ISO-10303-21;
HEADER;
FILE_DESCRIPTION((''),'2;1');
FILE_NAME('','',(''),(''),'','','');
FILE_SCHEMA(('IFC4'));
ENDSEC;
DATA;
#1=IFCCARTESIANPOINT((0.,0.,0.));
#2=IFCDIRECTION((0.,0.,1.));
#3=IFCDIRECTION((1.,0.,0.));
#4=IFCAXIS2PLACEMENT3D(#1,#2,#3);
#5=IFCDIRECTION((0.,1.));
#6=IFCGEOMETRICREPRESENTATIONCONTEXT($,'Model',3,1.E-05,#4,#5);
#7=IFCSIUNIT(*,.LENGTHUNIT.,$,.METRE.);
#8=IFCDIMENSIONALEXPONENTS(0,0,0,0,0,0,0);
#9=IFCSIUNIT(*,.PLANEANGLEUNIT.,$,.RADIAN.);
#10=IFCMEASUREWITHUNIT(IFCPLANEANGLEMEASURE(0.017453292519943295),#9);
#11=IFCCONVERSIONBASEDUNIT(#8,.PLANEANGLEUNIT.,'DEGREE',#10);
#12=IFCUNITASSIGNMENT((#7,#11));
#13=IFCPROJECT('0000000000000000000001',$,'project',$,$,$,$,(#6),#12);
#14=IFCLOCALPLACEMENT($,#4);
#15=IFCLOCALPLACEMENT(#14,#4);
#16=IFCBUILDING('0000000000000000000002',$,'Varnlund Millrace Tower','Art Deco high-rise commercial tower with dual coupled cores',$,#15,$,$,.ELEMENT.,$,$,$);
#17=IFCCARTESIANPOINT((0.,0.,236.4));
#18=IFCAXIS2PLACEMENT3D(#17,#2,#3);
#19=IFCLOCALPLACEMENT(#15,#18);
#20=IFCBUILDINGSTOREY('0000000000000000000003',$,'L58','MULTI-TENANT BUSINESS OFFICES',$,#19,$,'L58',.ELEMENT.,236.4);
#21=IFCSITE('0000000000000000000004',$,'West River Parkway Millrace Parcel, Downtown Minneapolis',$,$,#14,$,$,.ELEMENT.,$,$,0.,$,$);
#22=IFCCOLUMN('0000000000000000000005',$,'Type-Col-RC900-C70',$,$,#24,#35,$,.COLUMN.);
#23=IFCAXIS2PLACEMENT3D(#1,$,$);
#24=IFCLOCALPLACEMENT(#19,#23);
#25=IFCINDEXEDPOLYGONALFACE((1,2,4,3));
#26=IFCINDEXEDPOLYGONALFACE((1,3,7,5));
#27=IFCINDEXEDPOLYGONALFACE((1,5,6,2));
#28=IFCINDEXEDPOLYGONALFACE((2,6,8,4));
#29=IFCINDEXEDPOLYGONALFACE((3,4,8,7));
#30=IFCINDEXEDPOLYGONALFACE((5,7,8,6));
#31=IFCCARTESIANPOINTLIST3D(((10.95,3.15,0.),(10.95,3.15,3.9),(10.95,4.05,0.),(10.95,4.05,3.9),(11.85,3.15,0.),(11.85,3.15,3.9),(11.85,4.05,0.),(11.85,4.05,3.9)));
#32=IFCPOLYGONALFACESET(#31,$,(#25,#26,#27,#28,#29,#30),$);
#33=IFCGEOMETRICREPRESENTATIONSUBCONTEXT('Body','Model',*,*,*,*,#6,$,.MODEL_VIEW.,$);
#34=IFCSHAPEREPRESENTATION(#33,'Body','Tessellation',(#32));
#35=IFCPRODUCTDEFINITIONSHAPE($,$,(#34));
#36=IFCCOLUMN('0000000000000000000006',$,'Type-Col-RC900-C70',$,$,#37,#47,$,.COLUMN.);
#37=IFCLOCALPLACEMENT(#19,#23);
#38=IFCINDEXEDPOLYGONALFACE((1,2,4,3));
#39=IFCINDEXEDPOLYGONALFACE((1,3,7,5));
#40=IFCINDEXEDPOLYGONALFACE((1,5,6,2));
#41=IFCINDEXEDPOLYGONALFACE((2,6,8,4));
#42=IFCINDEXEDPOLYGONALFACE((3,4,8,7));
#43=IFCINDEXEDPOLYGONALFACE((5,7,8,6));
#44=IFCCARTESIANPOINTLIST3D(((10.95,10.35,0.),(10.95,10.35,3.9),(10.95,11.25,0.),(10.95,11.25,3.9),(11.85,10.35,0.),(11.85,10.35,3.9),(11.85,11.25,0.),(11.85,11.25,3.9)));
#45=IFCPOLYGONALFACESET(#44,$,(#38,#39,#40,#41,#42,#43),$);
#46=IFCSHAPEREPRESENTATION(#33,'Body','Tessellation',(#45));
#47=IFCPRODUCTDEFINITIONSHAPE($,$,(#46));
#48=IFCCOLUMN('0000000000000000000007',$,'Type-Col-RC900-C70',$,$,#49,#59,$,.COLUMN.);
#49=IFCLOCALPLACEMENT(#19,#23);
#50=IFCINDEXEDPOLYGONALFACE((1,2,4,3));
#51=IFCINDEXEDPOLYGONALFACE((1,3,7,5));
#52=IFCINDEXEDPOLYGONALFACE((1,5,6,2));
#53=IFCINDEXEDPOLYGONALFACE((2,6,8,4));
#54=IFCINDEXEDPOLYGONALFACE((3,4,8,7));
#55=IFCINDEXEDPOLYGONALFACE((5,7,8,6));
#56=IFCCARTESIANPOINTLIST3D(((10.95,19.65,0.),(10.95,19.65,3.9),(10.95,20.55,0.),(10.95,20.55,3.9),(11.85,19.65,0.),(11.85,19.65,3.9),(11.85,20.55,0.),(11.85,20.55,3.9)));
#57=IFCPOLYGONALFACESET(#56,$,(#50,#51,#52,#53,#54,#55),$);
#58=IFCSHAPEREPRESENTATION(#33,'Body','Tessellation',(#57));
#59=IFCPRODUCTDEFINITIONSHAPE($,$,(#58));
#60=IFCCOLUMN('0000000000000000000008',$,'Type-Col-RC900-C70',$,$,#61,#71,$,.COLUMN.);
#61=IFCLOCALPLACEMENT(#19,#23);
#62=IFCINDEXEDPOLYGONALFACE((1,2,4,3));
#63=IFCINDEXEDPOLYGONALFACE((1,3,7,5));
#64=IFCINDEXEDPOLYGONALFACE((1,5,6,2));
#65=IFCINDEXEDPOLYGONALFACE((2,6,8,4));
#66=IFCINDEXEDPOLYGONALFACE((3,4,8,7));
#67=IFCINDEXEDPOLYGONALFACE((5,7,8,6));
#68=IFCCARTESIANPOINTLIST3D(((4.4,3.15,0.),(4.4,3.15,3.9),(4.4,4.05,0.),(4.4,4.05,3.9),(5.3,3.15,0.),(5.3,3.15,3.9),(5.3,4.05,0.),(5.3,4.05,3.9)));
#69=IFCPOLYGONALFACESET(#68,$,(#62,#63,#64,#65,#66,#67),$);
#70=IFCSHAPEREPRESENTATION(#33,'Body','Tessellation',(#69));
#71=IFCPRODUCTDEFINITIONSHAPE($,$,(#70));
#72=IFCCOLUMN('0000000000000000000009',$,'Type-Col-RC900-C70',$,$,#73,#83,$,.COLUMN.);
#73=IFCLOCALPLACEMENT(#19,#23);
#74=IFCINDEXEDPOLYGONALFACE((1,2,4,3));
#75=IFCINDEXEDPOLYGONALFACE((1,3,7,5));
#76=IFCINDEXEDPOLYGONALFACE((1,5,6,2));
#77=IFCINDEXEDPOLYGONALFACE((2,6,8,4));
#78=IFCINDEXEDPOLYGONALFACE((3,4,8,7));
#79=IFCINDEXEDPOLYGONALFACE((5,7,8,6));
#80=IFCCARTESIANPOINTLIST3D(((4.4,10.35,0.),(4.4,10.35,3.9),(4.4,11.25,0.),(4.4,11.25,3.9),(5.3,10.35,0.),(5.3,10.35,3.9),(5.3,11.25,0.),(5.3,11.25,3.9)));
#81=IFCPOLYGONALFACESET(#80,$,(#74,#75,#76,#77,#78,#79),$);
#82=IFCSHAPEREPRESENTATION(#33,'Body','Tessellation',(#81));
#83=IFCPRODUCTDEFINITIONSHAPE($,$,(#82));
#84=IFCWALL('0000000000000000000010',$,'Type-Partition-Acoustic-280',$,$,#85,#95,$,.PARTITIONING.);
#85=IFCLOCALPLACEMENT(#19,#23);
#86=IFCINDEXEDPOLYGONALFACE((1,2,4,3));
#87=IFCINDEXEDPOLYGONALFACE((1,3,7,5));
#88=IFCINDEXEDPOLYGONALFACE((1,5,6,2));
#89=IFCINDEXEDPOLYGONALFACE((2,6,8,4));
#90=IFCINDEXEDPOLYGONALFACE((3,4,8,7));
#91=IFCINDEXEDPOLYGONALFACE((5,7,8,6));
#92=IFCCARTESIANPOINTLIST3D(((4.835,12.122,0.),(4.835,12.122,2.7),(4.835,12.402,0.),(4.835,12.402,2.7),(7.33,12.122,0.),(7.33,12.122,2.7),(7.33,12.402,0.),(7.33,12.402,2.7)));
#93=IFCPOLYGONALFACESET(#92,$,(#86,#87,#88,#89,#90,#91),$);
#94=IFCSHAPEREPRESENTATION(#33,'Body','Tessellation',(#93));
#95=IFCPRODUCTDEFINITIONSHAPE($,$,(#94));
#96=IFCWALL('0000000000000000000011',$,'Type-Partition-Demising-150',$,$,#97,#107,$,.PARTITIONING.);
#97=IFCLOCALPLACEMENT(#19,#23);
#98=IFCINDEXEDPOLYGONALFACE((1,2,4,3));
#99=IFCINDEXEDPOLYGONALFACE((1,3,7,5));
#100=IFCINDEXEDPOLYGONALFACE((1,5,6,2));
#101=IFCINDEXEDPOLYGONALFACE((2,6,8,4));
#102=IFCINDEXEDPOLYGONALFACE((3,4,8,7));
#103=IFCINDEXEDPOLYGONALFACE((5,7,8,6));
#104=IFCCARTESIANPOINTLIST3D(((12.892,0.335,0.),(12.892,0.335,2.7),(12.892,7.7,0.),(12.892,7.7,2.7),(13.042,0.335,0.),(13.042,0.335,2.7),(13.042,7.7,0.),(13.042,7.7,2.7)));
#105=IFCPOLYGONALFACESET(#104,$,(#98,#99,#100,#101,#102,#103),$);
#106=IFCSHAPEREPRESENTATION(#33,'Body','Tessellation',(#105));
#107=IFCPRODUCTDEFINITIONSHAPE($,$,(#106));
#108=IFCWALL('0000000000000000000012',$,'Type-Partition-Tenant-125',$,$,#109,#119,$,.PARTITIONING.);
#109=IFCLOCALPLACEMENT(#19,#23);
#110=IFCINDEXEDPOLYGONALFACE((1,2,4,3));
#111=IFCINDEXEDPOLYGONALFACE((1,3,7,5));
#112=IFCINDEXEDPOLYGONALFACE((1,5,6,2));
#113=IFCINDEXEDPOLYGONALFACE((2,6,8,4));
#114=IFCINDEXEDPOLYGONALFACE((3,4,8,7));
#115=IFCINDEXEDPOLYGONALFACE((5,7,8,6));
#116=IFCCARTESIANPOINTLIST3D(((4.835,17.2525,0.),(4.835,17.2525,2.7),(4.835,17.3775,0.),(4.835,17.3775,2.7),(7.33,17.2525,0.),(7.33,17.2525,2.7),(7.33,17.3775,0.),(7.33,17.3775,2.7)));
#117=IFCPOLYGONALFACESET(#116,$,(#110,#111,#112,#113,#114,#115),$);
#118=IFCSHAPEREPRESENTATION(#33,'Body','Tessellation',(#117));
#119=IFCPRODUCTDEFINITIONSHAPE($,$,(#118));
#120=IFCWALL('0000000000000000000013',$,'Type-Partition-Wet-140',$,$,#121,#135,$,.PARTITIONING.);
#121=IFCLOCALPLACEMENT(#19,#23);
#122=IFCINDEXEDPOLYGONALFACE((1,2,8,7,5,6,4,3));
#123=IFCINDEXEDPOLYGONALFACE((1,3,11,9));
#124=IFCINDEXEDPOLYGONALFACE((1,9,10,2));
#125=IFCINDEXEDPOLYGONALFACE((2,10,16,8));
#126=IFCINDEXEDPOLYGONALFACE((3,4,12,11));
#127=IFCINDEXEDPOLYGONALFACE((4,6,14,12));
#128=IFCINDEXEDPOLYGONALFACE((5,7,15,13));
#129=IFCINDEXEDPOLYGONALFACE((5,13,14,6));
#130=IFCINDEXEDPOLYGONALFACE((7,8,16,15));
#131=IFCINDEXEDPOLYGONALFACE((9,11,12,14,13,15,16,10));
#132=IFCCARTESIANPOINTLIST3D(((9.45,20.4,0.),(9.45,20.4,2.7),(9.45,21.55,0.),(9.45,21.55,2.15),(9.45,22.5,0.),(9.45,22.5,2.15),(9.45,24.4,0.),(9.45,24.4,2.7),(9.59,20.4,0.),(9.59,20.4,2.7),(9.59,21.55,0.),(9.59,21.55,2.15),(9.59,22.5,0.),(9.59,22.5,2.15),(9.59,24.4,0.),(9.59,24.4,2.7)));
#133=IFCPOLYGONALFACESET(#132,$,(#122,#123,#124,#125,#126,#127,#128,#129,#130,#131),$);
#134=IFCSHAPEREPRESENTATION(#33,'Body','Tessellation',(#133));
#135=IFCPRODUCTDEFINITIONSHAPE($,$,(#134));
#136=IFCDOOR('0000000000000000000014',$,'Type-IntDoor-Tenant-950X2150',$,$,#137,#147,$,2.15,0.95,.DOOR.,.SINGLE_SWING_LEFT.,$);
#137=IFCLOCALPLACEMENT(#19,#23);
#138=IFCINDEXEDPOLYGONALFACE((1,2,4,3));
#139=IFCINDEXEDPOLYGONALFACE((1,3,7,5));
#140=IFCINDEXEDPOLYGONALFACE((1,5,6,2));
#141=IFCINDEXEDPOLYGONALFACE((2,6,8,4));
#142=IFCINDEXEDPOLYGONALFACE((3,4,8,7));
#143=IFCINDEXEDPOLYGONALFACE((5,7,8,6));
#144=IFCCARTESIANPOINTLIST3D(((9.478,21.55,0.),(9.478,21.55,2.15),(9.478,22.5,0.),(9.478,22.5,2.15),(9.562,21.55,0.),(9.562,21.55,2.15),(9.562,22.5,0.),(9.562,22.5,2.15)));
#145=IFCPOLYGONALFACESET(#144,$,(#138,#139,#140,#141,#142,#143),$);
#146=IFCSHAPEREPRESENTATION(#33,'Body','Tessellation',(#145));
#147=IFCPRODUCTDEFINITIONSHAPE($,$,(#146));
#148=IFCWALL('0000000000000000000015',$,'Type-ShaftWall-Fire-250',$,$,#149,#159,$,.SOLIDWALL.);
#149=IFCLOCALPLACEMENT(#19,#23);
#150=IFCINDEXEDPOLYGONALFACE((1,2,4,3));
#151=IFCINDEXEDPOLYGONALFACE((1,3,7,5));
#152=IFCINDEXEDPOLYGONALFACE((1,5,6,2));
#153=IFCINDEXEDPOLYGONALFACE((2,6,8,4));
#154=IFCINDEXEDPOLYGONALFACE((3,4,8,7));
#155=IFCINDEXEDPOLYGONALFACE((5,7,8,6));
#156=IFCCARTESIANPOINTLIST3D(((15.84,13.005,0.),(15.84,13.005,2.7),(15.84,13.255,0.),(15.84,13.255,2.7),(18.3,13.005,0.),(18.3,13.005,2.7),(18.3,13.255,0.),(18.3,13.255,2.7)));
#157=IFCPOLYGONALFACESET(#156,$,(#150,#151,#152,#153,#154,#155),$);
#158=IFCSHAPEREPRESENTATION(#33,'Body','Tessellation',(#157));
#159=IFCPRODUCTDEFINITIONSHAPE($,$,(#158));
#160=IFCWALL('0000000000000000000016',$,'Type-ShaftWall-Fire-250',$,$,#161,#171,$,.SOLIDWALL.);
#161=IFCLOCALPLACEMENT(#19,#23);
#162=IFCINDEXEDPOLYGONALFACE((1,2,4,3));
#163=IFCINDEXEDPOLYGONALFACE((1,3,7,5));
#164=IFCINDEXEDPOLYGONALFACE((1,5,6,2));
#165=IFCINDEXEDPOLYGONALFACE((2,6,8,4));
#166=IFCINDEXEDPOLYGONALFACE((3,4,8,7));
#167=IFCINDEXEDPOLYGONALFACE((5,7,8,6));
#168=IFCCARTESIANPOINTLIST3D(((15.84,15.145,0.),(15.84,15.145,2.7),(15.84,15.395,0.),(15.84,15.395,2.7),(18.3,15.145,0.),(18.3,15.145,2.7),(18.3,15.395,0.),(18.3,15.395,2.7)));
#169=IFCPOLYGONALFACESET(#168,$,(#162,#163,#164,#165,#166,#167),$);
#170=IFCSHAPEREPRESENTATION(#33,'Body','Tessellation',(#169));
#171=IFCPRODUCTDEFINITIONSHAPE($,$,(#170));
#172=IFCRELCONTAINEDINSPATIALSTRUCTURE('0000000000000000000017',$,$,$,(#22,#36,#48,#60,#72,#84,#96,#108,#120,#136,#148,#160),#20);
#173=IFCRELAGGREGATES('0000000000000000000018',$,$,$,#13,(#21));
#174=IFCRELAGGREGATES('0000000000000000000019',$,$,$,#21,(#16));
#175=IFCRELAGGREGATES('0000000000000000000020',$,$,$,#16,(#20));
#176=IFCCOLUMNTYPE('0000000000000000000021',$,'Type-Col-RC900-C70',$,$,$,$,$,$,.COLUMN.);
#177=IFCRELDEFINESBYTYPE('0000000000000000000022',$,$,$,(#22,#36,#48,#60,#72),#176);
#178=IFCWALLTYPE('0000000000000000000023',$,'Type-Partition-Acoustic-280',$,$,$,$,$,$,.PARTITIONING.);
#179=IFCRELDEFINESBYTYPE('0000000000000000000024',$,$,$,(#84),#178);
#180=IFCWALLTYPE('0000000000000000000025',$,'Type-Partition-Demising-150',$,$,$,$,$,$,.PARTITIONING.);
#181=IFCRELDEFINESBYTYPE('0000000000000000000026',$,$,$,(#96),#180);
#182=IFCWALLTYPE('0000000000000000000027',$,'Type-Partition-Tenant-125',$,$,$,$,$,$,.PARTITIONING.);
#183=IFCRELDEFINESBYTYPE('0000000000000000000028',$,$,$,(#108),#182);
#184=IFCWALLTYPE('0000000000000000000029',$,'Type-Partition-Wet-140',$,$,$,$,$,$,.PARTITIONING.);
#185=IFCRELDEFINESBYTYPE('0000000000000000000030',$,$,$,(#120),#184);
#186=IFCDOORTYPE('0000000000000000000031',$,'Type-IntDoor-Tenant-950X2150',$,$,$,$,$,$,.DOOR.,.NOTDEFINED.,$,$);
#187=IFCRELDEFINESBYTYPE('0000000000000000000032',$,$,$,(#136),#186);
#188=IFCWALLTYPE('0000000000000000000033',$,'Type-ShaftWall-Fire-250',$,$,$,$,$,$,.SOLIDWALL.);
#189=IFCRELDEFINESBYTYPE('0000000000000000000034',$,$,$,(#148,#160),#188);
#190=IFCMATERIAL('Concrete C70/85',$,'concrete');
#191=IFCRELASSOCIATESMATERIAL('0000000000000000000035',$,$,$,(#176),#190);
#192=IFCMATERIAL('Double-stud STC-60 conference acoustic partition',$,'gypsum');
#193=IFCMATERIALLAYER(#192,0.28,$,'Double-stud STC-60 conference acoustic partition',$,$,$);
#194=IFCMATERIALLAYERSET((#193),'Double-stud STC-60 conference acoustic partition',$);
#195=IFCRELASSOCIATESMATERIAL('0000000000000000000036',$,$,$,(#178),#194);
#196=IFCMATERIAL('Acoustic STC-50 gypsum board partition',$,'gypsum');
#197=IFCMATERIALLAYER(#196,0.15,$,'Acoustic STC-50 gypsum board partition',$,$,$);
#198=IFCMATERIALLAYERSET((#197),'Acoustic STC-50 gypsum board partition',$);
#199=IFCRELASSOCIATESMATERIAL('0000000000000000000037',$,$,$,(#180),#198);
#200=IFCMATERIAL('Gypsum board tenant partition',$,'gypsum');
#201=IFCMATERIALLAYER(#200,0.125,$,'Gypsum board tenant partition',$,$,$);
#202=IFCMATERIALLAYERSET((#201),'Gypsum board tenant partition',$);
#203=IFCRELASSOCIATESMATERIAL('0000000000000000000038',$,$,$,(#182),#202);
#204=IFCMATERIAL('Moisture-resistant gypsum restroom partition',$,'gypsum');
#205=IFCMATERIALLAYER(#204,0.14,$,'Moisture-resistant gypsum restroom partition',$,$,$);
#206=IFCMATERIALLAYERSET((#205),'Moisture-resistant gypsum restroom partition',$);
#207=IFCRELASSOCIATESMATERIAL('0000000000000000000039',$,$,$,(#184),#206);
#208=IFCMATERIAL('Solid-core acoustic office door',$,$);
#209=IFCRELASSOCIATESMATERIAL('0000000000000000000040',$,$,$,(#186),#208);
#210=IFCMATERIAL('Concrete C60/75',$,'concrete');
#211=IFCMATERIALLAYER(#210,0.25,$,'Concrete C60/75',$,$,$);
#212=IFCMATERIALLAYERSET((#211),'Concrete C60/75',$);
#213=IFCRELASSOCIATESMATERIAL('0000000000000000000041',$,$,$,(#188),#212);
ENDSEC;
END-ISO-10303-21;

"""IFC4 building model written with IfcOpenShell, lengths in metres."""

from ifc_helpers import new_model, entity, si_unit, converted_unit, direction, frame, origin_with_axes, origin_2d_with_axis, place, context, subcontext, project, spatial, polyline, rectangle, outline, extrude, material, layer, layer_set, material_profile, profile_set, type_object, element, fill, save


model = new_model("IFC4")

# Units and contexts
model_context = context("Model", 3, precision=1e-05, world=origin_with_axes(), true_north=direction((0.0, 1.0)))
body_context = subcontext(model_context, "Body", "Model", "MODEL_VIEW")
ifc_project = project(units=[si_unit("LENGTHUNIT", "METRE"), converted_unit("PLANEANGLEUNIT", "DEGREE", entity("IfcPlaneAngleMeasure", 0.017453292519943295), si_unit("PLANEANGLEUNIT", "RADIAN"), dimensions=[0, 0, 0, 0, 0, 0, 0])], contexts=[model_context])

# Site, building, storey
site_placement = place(None, origin_with_axes())
site = spatial("IfcSite", under=ifc_project, at=site_placement, Name="West River Parkway Millrace Parcel, Downtown Minneapolis", CompositionType="ELEMENT", RefElevation=0.0)
building_placement = place(site_placement, origin_with_axes())
building = spatial("IfcBuilding", under=site, at=building_placement, Name="Varnlund Millrace Tower", Description="Art Deco high-rise commercial tower with dual coupled cores", CompositionType="ELEMENT")
storey_placement = place(building_placement, frame((0.0, 0.0, 236.4), z_axis=(0.0, 0.0, 1.0), x_axis=(1.0, 0.0, 0.0)))
storey = spatial("IfcBuildingStorey", under=building, at=storey_placement, Name="L58", Description="MULTI-TENANT BUSINESS OFFICES", LongName="L58", CompositionType="ELEMENT", Elevation=236.4)

# Columns
ifc_material_1 = material(Name="Concrete C70/85", Category="concrete")
ifc_material_profile = material_profile(ifc_material_1, rectangle(XDim=0.9, YDim=0.9, at=origin_2d_with_axis()), Name="Concrete C70/85")
ifc_profile_set = profile_set([ifc_material_profile], Name="Concrete C70/85")
column_type = type_object("IfcColumnType", Name="Type-Col-RC900-C70", PredefinedType="COLUMN", material=ifc_profile_set)
for number, where, z_axis, x_axis, name in (
    (1, (11.4, 3.6, 0.0), (0.0, 0.0, 1.0), (1.0, 0.0, 0.0), "Type-Col-RC900-C70"),
    (2, (11.4, 10.8, 0.0), (0.0, 0.0, 1.0), (1.0, 0.0, 0.0), "Type-Col-RC900-C70"),
    (3, (11.4, 20.1, 0.0), (0.0, 0.0, 1.0), (1.0, 0.0, 0.0), "Type-Col-RC900-C70"),
    (4, (4.85, 3.6, 0.0), (0.0, 0.0, 1.0), (1.0, 0.0, 0.0), "Type-Col-RC900-C70"),
    (5, (4.85, 10.8, 0.0), (0.0, 0.0, 1.0), (1.0, 0.0, 0.0), "Type-Col-RC900-C70"),
):
    element("IfcColumn", number, at=place(storey_placement, frame(where, z_axis=z_axis, x_axis=x_axis)), inside=storey, type_object=column_type, Name=name, PredefinedType="COLUMN", context=body_context, shape_type="SweptSolid", body=[
        extrude(rectangle(XDim=0.9, YDim=0.9, at=origin_2d_with_axis()), origin_with_axes(), (0.0, 0.0, 1.0), 3.9),
    ])

# Wall
ifc_material_2 = material(Name="Double-stud STC-60 conference acoustic partition", Category="gypsum")
ifc_layer_1 = layer(ifc_material_2, 0.28, Name="Double-stud STC-60 conference acoustic partition")
ifc_layer_set_1 = layer_set([ifc_layer_1], Name="Double-stud STC-60 conference acoustic partition")
wall_type_1 = type_object("IfcWallType", Name="Type-Partition-Acoustic-280", PredefinedType="PARTITIONING", material=ifc_layer_set_1)
wall_1_placement = place(storey_placement, frame((4.835, 12.262, 0.0), z_axis=(0.0, 0.0, 1.0), x_axis=(1.0, 0.0, 0.0)))
element("IfcWall", 6, at=wall_1_placement, inside=storey, type_object=wall_type_1, Name="Type-Partition-Acoustic-280", PredefinedType="PARTITIONING", context=body_context, shape_type="SweptSolid", body=[
    extrude(outline(polyline([(0.0, -0.14), (2.495, -0.14), (2.495, 0.14), (0.0, 0.14), (0.0, -0.14)])), origin_with_axes(), (0.0, 0.0, 1.0), 2.7),
])

# Wall
ifc_material_3 = material(Name="Acoustic STC-50 gypsum board partition", Category="gypsum")
ifc_layer_2 = layer(ifc_material_3, 0.15, Name="Acoustic STC-50 gypsum board partition")
ifc_layer_set_2 = layer_set([ifc_layer_2], Name="Acoustic STC-50 gypsum board partition")
wall_type_2 = type_object("IfcWallType", Name="Type-Partition-Demising-150", PredefinedType="PARTITIONING", material=ifc_layer_set_2)
wall_2_placement = place(storey_placement, frame((12.967, 0.335, 0.0), z_axis=(0.0, 0.0, 1.0), x_axis=(0.0, 1.0, 0.0)))
element("IfcWall", 7, at=wall_2_placement, inside=storey, type_object=wall_type_2, Name="Type-Partition-Demising-150", PredefinedType="PARTITIONING", context=body_context, shape_type="SweptSolid", body=[
    extrude(outline(polyline([(0.0, -0.075), (7.365, -0.075), (7.365, 0.075), (0.0, 0.075), (0.0, -0.075)])), origin_with_axes(), (0.0, 0.0, 1.0), 2.7),
])

# Wall
ifc_material_4 = material(Name="Gypsum board tenant partition", Category="gypsum")
ifc_layer_3 = layer(ifc_material_4, 0.125, Name="Gypsum board tenant partition")
ifc_layer_set_3 = layer_set([ifc_layer_3], Name="Gypsum board tenant partition")
wall_type_3 = type_object("IfcWallType", Name="Type-Partition-Tenant-125", PredefinedType="PARTITIONING", material=ifc_layer_set_3)
wall_3_placement = place(storey_placement, frame((4.835, 17.315, 0.0), z_axis=(0.0, 0.0, 1.0), x_axis=(1.0, 0.0, 0.0)))
element("IfcWall", 8, at=wall_3_placement, inside=storey, type_object=wall_type_3, Name="Type-Partition-Tenant-125", PredefinedType="PARTITIONING", context=body_context, shape_type="SweptSolid", body=[
    extrude(outline(polyline([(0.0, -0.0625), (2.495, -0.0625), (2.495, 0.0625), (0.0, 0.0625), (0.0, -0.0625)])), origin_with_axes(), (0.0, 0.0, 1.0), 2.7),
])

# Wall, opening, door
ifc_material_5 = material(Name="Moisture-resistant gypsum restroom partition", Category="gypsum")
ifc_layer_4 = layer(ifc_material_5, 0.14, Name="Moisture-resistant gypsum restroom partition")
ifc_layer_set_4 = layer_set([ifc_layer_4], Name="Moisture-resistant gypsum restroom partition")
wall_type_4 = type_object("IfcWallType", Name="Type-Partition-Wet-140", PredefinedType="PARTITIONING", material=ifc_layer_set_4)
wall_4_placement = place(storey_placement, frame((9.52, 20.4, 0.0), z_axis=(0.0, 0.0, 1.0), x_axis=(0.0, 1.0, 0.0)))
wall_4 = element("IfcWall", 9, at=wall_4_placement, inside=storey, type_object=wall_type_4, Name="Type-Partition-Wet-140", PredefinedType="PARTITIONING", context=body_context, shape_type="SweptSolid", body=[
    extrude(outline(polyline([(0.0, -0.07), (4.0, -0.07), (4.0, 0.07), (0.0, 0.07), (0.0, -0.07)])), origin_with_axes(), (0.0, 0.0, 1.0), 2.7),
])
opening_1_placement = place(wall_4_placement, frame((1.625, 0.0, 0.0), z_axis=(0.0, 0.0, 1.0), x_axis=(1.0, 0.0, 0.0)))
opening_1 = element("IfcOpeningElement", 10, at=opening_1_placement, cuts=wall_4, PredefinedType="OPENING", context=body_context, shape_type="SweptSolid", body=[
    extrude(rectangle(XDim=0.95, YDim=0.16, at=origin_2d_with_axis()), origin_with_axes(), (0.0, 0.0, 1.0), 2.15),
])
ifc_material_6 = material(Name="Solid-core acoustic office door")
door_type_1 = type_object("IfcDoorType", Name="Type-IntDoor-Tenant-950X2150", OperationType="NOTDEFINED", PredefinedType="DOOR", material=ifc_material_6)
door_1_placement = place(wall_4_placement, frame((1.625, 0.0, 0.0), z_axis=(0.0, 0.0, 1.0), x_axis=(1.0, 0.0, 0.0)))
door_1 = element("IfcDoor", 11, at=door_1_placement, inside=storey, type_object=door_type_1, Name="Type-IntDoor-Tenant-950X2150", OperationType="SINGLE_SWING_LEFT", OverallHeight=2.15, OverallWidth=0.95, PredefinedType="DOOR", context=body_context, shape_type="SweptSolid", body=[
    extrude(rectangle(XDim=0.95, YDim=0.084, at=origin_2d_with_axis()), origin_with_axes(), (0.0, 0.0, 1.0), 2.15),
])
fill(opening_1, door_1)

# Walls
ifc_material_7 = material(Name="Concrete C60/75", Category="concrete")
ifc_layer_5 = layer(ifc_material_7, 0.25, Name="Concrete C60/75")
ifc_layer_set_5 = layer_set([ifc_layer_5], Name="Concrete C60/75")
wall_type_5 = type_object("IfcWallType", Name="Type-ShaftWall-Fire-250", PredefinedType="SOLIDWALL", material=ifc_layer_set_5)
for number, where, z_axis, x_axis, name in (
    (12, (15.84, 13.13, 0.0), (0.0, 0.0, 1.0), (1.0, 0.0, 0.0), "Type-ShaftWall-Fire-250"),
    (13, (15.84, 15.27, 0.0), (0.0, 0.0, 1.0), (1.0, 0.0, 0.0), "Type-ShaftWall-Fire-250"),
):
    element("IfcWall", number, at=place(storey_placement, frame(where, z_axis=z_axis, x_axis=x_axis)), inside=storey, type_object=wall_type_5, Name=name, PredefinedType="SOLIDWALL", context=body_context, shape_type="SweptSolid", body=[
        extrude(outline(polyline([(0.0, -0.125), (2.46, -0.125), (2.46, 0.125), (0.0, 0.125), (0.0, -0.125)])), origin_with_axes(), (0.0, 0.0, 1.0), 2.7),
    ])

save(model, "model.ifc")
